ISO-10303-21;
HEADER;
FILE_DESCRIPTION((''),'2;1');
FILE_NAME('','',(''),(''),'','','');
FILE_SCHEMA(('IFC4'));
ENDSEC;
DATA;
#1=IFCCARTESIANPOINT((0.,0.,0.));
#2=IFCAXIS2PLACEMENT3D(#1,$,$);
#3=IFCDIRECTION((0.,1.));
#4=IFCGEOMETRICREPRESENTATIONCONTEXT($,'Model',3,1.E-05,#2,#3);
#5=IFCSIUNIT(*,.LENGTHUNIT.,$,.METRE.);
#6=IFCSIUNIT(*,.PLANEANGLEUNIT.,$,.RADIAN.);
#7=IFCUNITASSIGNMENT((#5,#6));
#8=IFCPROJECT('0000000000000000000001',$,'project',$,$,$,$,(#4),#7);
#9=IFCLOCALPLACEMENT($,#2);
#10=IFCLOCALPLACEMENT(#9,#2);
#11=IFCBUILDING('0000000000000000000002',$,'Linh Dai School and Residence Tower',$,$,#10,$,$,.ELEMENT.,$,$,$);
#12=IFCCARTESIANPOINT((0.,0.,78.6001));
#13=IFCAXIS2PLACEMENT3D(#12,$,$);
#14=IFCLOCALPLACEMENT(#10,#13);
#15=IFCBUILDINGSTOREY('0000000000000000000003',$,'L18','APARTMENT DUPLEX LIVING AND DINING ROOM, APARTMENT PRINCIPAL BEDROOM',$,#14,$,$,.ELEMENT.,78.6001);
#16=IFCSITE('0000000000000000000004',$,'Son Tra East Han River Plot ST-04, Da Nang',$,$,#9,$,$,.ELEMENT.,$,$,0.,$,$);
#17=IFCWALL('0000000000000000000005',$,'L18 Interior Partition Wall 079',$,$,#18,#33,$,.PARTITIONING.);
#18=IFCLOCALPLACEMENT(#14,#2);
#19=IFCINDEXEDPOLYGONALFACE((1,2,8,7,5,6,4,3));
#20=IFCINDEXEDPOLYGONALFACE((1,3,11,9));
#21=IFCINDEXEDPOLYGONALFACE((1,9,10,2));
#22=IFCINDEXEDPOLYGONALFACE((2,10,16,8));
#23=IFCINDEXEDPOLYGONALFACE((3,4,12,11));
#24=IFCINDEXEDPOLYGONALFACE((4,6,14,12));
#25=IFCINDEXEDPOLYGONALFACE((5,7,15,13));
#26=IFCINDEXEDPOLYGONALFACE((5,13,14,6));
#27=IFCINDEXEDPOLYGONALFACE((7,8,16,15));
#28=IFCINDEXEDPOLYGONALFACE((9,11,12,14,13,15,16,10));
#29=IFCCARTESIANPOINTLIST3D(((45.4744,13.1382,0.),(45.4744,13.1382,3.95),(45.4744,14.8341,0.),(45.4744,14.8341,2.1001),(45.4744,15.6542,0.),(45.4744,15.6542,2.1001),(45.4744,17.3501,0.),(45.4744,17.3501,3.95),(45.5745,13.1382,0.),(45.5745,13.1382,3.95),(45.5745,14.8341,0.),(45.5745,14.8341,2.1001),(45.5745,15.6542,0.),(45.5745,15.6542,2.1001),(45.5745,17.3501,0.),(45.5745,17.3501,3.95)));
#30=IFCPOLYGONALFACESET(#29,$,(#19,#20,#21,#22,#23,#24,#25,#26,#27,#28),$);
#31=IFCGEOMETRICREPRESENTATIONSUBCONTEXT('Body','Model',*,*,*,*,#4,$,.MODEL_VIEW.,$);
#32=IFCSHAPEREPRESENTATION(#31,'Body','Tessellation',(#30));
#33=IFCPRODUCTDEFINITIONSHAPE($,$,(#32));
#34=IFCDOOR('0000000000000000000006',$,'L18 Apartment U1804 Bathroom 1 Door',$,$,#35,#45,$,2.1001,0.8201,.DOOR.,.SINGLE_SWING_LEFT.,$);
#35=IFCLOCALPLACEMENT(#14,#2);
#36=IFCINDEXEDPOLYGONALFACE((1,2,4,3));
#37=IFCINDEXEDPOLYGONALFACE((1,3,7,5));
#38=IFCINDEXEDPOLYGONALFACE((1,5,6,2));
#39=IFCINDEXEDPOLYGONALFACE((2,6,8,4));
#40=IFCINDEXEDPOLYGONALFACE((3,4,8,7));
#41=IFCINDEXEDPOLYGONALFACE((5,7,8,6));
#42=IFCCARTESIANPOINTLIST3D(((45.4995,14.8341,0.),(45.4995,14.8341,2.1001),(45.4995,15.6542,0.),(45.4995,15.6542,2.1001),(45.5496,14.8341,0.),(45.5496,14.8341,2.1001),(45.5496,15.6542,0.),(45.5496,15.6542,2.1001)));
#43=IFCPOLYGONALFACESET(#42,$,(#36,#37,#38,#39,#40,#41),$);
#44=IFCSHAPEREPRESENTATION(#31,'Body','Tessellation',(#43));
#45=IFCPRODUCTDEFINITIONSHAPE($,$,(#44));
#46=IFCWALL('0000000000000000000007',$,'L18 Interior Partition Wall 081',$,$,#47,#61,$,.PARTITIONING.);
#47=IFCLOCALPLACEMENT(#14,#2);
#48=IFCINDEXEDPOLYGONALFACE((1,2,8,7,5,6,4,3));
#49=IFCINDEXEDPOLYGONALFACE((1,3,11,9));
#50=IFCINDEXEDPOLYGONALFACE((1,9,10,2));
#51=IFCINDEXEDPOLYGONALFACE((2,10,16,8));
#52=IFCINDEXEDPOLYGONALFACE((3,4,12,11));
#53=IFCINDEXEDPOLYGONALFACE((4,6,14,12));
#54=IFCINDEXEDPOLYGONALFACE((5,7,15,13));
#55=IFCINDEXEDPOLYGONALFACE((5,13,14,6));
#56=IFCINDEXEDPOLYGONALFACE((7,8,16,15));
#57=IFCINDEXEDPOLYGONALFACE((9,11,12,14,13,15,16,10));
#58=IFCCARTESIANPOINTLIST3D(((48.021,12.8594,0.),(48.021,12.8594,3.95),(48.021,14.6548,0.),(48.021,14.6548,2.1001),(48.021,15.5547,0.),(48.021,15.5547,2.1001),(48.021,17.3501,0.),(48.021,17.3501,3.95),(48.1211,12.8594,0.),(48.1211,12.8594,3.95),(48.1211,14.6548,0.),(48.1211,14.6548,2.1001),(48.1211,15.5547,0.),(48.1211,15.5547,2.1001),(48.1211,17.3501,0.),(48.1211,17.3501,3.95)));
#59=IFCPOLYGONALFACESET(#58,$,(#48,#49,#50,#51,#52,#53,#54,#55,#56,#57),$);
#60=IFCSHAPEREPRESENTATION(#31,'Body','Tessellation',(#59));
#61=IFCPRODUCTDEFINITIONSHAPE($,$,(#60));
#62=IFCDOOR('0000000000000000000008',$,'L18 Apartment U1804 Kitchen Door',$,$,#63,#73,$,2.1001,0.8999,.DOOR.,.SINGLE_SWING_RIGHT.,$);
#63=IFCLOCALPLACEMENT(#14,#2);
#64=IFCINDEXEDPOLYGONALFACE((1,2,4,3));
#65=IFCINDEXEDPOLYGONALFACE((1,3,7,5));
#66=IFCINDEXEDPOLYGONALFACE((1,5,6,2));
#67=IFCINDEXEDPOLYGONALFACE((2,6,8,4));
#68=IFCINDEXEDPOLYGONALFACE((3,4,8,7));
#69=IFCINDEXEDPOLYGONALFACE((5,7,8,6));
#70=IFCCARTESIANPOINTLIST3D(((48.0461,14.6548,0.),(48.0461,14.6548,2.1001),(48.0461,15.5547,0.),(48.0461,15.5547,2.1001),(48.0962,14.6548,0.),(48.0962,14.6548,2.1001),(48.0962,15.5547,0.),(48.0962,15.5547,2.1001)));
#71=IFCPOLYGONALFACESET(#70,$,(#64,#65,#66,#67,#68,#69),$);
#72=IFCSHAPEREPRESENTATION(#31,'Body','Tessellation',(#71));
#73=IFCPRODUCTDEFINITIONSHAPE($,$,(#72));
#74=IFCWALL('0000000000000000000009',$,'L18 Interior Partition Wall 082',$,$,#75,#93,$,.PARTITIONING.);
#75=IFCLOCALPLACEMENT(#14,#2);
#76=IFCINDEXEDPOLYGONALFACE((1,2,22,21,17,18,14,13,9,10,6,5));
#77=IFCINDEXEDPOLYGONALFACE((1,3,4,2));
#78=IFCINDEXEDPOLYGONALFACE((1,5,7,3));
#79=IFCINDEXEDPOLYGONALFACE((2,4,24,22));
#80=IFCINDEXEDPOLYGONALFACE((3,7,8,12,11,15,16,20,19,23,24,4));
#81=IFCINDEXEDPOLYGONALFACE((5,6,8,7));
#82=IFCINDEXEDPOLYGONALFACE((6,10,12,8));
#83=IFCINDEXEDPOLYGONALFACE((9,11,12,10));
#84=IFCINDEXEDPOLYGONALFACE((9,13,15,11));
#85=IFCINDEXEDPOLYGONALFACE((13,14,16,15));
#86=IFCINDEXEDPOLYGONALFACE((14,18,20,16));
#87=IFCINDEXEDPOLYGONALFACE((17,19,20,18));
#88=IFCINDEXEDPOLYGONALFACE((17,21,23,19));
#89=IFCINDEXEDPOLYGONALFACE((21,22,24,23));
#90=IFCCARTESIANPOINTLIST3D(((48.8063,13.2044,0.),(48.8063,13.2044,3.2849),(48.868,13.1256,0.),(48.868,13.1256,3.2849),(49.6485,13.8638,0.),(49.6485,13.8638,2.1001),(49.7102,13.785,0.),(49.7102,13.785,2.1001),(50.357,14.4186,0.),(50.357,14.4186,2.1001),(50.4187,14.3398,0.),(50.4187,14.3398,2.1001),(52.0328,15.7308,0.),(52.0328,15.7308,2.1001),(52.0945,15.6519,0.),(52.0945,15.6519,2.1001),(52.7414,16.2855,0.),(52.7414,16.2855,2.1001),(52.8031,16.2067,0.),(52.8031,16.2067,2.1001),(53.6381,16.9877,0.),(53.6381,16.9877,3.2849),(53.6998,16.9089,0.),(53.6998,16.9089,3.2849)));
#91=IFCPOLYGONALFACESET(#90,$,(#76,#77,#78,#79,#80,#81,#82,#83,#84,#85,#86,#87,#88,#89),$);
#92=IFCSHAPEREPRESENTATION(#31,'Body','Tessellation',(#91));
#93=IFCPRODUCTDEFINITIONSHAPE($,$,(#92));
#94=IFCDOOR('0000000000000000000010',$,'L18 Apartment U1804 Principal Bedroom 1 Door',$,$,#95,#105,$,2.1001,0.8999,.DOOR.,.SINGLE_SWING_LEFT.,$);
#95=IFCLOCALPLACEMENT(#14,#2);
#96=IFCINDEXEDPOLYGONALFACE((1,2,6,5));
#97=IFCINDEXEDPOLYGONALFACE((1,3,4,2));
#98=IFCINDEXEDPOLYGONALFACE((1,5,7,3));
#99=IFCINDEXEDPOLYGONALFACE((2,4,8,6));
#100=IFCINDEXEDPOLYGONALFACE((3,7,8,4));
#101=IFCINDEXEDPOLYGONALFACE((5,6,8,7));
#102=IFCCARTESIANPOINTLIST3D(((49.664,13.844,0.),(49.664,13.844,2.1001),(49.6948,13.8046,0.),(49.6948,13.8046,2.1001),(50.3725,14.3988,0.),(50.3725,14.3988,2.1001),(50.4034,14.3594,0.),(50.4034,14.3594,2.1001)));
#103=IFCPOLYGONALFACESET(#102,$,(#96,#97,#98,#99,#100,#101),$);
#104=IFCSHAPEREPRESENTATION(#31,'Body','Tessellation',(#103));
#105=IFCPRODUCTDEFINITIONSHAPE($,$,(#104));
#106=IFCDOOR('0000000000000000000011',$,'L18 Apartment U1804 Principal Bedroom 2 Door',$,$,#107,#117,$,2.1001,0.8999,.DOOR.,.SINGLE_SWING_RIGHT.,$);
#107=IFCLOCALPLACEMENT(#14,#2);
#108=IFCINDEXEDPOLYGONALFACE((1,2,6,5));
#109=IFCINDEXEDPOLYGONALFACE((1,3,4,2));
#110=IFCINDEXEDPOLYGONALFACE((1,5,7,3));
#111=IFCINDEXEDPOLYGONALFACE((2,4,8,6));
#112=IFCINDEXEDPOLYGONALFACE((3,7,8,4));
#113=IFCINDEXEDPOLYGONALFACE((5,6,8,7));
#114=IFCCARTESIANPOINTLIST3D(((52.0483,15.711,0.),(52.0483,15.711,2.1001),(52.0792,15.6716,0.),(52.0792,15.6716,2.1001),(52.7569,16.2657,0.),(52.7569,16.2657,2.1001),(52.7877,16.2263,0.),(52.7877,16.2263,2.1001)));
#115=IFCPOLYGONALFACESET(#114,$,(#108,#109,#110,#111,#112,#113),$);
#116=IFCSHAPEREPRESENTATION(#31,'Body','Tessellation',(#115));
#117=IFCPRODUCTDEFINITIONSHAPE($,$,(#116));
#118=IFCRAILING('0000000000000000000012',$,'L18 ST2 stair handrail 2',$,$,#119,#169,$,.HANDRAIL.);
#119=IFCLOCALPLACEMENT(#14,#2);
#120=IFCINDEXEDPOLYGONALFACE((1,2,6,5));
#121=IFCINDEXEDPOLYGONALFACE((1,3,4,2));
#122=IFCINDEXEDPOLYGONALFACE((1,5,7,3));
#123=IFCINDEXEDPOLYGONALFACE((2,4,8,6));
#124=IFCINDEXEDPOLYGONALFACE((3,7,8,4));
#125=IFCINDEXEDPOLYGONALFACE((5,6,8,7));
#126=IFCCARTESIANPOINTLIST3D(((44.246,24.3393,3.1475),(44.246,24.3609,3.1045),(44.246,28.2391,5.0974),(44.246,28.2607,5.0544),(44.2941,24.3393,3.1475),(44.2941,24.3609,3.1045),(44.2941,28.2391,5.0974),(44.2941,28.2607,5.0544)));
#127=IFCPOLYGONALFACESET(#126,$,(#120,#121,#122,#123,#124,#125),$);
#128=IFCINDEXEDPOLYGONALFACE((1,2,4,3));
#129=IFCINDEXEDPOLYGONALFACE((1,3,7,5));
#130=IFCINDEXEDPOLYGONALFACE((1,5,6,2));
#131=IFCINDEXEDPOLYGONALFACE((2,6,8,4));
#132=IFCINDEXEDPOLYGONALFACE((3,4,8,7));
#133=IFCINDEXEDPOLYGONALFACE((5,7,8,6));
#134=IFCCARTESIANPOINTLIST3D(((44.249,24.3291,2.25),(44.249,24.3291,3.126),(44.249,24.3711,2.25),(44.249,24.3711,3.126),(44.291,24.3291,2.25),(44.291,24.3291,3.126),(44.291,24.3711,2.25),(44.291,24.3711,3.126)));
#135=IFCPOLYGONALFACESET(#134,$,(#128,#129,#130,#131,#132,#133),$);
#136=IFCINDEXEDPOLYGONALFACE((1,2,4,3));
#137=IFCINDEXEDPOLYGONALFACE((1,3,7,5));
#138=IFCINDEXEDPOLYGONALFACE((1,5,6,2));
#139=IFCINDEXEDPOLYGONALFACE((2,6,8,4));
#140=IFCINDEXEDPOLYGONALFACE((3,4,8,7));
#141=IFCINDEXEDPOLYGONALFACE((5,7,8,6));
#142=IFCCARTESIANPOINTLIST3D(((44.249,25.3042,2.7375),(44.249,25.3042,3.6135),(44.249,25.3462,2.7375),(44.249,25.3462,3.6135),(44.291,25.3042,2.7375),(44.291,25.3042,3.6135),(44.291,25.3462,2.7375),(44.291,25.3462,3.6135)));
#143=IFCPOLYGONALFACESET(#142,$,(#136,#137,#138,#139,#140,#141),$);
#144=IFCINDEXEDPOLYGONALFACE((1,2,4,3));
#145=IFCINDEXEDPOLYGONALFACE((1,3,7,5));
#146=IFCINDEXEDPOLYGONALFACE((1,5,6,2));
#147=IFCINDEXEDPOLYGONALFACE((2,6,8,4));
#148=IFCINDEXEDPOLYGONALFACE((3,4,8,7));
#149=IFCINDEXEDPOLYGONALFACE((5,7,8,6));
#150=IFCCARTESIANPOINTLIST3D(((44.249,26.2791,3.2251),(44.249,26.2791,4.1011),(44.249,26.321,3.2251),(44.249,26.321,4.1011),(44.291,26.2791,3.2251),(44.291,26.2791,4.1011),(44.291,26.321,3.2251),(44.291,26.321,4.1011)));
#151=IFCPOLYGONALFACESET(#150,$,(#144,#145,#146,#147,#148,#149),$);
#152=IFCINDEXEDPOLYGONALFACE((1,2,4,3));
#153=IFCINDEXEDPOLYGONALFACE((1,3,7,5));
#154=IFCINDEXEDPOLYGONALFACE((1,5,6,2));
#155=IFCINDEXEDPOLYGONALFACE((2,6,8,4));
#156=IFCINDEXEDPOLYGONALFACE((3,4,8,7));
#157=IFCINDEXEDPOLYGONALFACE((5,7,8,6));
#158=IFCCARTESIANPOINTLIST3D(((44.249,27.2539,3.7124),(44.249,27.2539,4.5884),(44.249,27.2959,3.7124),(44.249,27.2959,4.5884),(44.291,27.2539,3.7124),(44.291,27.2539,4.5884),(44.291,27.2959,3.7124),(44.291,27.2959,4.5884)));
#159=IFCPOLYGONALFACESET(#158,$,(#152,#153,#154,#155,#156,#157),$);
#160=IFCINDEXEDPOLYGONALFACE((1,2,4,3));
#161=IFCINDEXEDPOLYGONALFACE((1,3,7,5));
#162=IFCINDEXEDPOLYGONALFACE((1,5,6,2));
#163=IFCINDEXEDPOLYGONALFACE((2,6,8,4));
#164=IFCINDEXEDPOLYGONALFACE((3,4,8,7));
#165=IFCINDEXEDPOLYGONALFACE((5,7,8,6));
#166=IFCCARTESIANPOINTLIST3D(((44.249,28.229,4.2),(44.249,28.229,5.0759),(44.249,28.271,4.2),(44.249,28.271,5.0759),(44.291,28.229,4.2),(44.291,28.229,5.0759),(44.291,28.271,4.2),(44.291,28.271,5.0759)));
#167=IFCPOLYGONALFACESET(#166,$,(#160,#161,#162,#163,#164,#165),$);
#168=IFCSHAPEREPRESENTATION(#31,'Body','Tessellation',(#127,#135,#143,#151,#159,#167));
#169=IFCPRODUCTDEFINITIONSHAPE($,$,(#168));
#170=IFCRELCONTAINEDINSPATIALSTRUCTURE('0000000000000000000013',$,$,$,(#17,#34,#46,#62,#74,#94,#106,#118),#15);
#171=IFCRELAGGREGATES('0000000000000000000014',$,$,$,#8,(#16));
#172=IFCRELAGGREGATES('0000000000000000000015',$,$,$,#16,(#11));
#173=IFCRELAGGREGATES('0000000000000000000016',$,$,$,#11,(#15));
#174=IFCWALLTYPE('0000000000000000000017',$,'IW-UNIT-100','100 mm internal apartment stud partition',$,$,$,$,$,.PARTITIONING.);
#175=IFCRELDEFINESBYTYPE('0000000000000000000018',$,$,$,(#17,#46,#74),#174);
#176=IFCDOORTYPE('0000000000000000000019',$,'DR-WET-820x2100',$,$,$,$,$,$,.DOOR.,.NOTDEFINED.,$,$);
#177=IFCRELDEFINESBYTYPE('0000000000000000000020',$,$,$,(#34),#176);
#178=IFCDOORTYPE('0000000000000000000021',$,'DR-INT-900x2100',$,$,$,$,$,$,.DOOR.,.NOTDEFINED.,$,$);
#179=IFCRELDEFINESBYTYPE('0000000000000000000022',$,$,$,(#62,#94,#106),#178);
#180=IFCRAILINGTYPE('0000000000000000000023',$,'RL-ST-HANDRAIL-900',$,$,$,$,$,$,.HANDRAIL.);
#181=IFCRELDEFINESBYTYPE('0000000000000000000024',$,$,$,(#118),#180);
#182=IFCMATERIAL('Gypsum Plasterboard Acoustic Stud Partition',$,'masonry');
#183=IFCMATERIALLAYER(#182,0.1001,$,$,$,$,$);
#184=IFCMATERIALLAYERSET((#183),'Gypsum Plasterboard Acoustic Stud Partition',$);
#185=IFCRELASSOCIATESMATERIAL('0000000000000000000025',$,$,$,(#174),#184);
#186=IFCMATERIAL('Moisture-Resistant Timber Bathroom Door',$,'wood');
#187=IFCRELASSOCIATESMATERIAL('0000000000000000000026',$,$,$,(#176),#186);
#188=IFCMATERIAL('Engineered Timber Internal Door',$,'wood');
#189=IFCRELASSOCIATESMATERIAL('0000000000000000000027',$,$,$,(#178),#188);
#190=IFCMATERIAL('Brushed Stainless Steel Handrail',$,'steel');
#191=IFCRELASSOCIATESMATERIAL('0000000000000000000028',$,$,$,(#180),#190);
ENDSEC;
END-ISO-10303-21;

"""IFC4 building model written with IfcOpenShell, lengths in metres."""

from ifc_helpers import new_model, si_unit, direction, frame, frame_2d, origin, origin_2d, place, context, subcontext, project, spatial, rectangle, extrude, source, transform, mapped, material, layer, layer_set, type_object, element, fill, save


model = new_model("IFC4")

# Units and contexts
model_context = context("Model", 3, precision=1e-05, world=origin(), true_north=direction((0.0, 1.0)))
body_context = subcontext(model_context, "Body", "Model", "MODEL_VIEW")
ifc_project = project(units=[si_unit("LENGTHUNIT", "METRE"), si_unit("PLANEANGLEUNIT", "RADIAN")], contexts=[model_context])

# Site, building, storey
site_placement = place(None, origin())
site = spatial("IfcSite", under=ifc_project, at=site_placement, Name="Son Tra East Han River Plot ST-04, Da Nang", CompositionType="ELEMENT", RefElevation=0.0)
building_placement = place(site_placement, origin())
building = spatial("IfcBuilding", under=site, at=building_placement, Name="Linh Dai School and Residence Tower", CompositionType="ELEMENT")
storey_placement = place(building_placement, frame((0.0, 0.0, 78.6001)))
storey = spatial("IfcBuildingStorey", under=building, at=storey_placement, Name="L18", Description="APARTMENT DUPLEX LIVING AND DINING ROOM, APARTMENT PRINCIPAL BEDROOM", CompositionType="ELEMENT", Elevation=78.6001)

# Walls, openings, doors
ifc_material_1 = material(Name="Gypsum Plasterboard Acoustic Stud Partition", Category="masonry")
ifc_layer_1 = layer(ifc_material_1, 0.1001)
ifc_layer_set_1 = layer_set([ifc_layer_1], Name="Gypsum Plasterboard Acoustic Stud Partition")
wall_type_1 = type_object("IfcWallType", Name="IW-UNIT-100", Description="100 mm internal apartment stud partition", PredefinedType="PARTITIONING", material=ifc_layer_set_1)
wall_1_placement = place(storey_placement, frame((45.5244, 13.1382, 0.0), z_axis=(0.0, 0.0, 1.0), x_axis=(0.0, 1.0, 0.0)))
wall_1 = element("IfcWall", 1, at=wall_1_placement, inside=storey, type_object=wall_type_1, Name="L18 Interior Partition Wall 079", PredefinedType="PARTITIONING", context=body_context, shape_type="SweptSolid", body=[
    extrude(rectangle(XDim=4.2119, YDim=0.1001, at=frame_2d((2.106, 0.0))), origin(), (0.0, 0.0, 1.0), 3.95),
])
opening_1_placement = place(wall_1_placement, frame((1.6958, 0.0, 0.0)))
opening_1 = element("IfcOpeningElement", 2, at=opening_1_placement, cuts=wall_1, PredefinedType="OPENING", context=body_context, shape_type="SweptSolid", body=[
    extrude(rectangle(XDim=0.8201, YDim=2.1001, at=origin_2d()), frame((0.4102, 0.0601, 1.05), z_axis=(0.0, -1.0, 0.0), x_axis=(1.0, 0.0, 0.0)), (0.0, 0.0, 1.0), 0.1201),
])
ifc_material_2 = material(Name="Moisture-Resistant Timber Bathroom Door", Category="wood")
door_type_1 = type_object("IfcDoorType", Name="DR-WET-820x2100", OperationType="NOTDEFINED", PredefinedType="DOOR", material=ifc_material_2)
shared_shape_1 = source(origin(), body_context, "Body", "SweptSolid", [
    extrude(rectangle(XDim=0.8201, YDim=2.1001, at=origin_2d()), frame((0.4102, 0.0249, 1.05), z_axis=(0.0, -1.0, 0.0), x_axis=(1.0, 0.0, 0.0)), (0.0, 0.0, 1.0), 0.05),
])
door_1_placement = place(opening_1_placement, origin())
door_1 = element("IfcDoor", 3, at=door_1_placement, inside=storey, type_object=door_type_1, Name="L18 Apartment U1804 Bathroom 1 Door", OperationType="SINGLE_SWING_LEFT", OverallHeight=2.1001, OverallWidth=0.8201, PredefinedType="DOOR", context=body_context, shape_type="MappedRepresentation", body=[
    mapped(shared_shape_1, transform((0.0, 0.0, 0.0), x_axis=(1.0, 0.0, 0.0), y_axis=(0.0, 1.0, 0.0), z_axis=(0.0, 0.0, 1.0), scale=1.0)),
])
fill(opening_1, door_1)
wall_2_placement = place(storey_placement, frame((48.071, 12.8594, 0.0), z_axis=(0.0, 0.0, 1.0), x_axis=(0.0, 1.0, 0.0)))
wall_2 = element("IfcWall", 4, at=wall_2_placement, inside=storey, type_object=wall_type_1, Name="L18 Interior Partition Wall 081", PredefinedType="PARTITIONING", context=body_context, shape_type="SweptSolid", body=[
    extrude(rectangle(XDim=4.4907, YDim=0.1001, at=frame_2d((2.2454, 0.0))), origin(), (0.0, 0.0, 1.0), 3.95),
])
opening_2_placement = place(wall_2_placement, frame((1.7954, 0.0, 0.0)))
opening_2 = element("IfcOpeningElement", 5, at=opening_2_placement, cuts=wall_2, PredefinedType="OPENING", context=body_context, shape_type="SweptSolid", body=[
    extrude(rectangle(XDim=0.8999, YDim=2.1001, at=origin_2d()), frame((0.45, 0.0601, 1.05), z_axis=(0.0, -1.0, 0.0), x_axis=(1.0, 0.0, 0.0)), (0.0, 0.0, 1.0), 0.1201),
])
ifc_material_3 = material(Name="Engineered Timber Internal Door", Category="wood")
door_type_2 = type_object("IfcDoorType", Name="DR-INT-900x2100", OperationType="NOTDEFINED", PredefinedType="DOOR", material=ifc_material_3)
shared_shape_2 = source(origin(), body_context, "Body", "SweptSolid", [
    extrude(rectangle(XDim=0.8999, YDim=2.1001, at=origin_2d()), frame((0.45, 0.0249, 1.05), z_axis=(0.0, -1.0, 0.0), x_axis=(1.0, 0.0, 0.0)), (0.0, 0.0, 1.0), 0.05),
])
door_2_placement = place(opening_2_placement, origin())
door_2 = element("IfcDoor", 6, at=door_2_placement, inside=storey, type_object=door_type_2, Name="L18 Apartment U1804 Kitchen Door", OperationType="SINGLE_SWING_RIGHT", OverallHeight=2.1001, OverallWidth=0.8999, PredefinedType="DOOR", context=body_context, shape_type="MappedRepresentation", body=[
    mapped(shared_shape_2, transform((0.0, 0.0, 0.0), x_axis=(1.0, 0.0, 0.0), y_axis=(0.0, 1.0, 0.0), z_axis=(0.0, 0.0, 1.0), scale=1.0)),
])
fill(opening_2, door_2)

# Wall, openings, doors
wall_3_placement = place(storey_placement, frame((48.8372, 13.165, 0.0), z_axis=(0.0, 0.0, 1.0), x_axis=(0.787362, 0.616491, 0.0)))
wall_3 = element("IfcWall", 7, at=wall_3_placement, inside=storey, type_object=wall_type_1, Name="L18 Interior Partition Wall 082", PredefinedType="PARTITIONING", context=body_context, shape_type="SweptSolid", body=[
    extrude(rectangle(XDim=6.1367, YDim=0.1001, at=frame_2d((3.0684, 0.0))), origin(), (0.0, 0.0, 1.0), 3.2849),
])
opening_3_placement = place(wall_3_placement, frame((1.0696, 0.0, 0.0)))
opening_3 = element("IfcOpeningElement", 8, at=opening_3_placement, cuts=wall_3, PredefinedType="OPENING", context=body_context, shape_type="SweptSolid", body=[
    extrude(rectangle(XDim=0.8999, YDim=2.1001, at=origin_2d()), frame((0.45, 0.0601, 1.05), z_axis=(0.0, -1.0, 0.0), x_axis=(1.0, 0.0, 0.0)), (0.0, 0.0, 1.0), 0.1201),
])
opening_4_placement = place(wall_3_placement, frame((4.0979, 0.0, 0.0)))
opening_4 = element("IfcOpeningElement", 9, at=opening_4_placement, cuts=wall_3, PredefinedType="OPENING", context=body_context, shape_type="SweptSolid", body=[
    extrude(rectangle(XDim=0.8999, YDim=2.1001, at=origin_2d()), frame((0.45, 0.0601, 1.05), z_axis=(0.0, -1.0, 0.0), x_axis=(1.0, 0.0, 0.0)), (0.0, 0.0, 1.0), 0.1201),
])
door_3_placement = place(opening_3_placement, origin())
door_3 = element("IfcDoor", 10, at=door_3_placement, inside=storey, type_object=door_type_2, Name="L18 Apartment U1804 Principal Bedroom 1 Door", OperationType="SINGLE_SWING_LEFT", OverallHeight=2.1001, OverallWidth=0.8999, PredefinedType="DOOR", context=body_context, shape_type="MappedRepresentation", body=[
    mapped(shared_shape_2, transform((0.0, 0.0, 0.0), x_axis=(1.0, 0.0, 0.0), y_axis=(0.0, 1.0, 0.0), z_axis=(0.0, 0.0, 1.0), scale=1.0)),
])
fill(opening_3, door_3)
door_4_placement = place(opening_4_placement, origin())
door_4 = element("IfcDoor", 11, at=door_4_placement, inside=storey, type_object=door_type_2, Name="L18 Apartment U1804 Principal Bedroom 2 Door", OperationType="SINGLE_SWING_RIGHT", OverallHeight=2.1001, OverallWidth=0.8999, PredefinedType="DOOR", context=body_context, shape_type="MappedRepresentation", body=[
    mapped(shared_shape_2, transform((0.0, 0.0, 0.0), x_axis=(1.0, 0.0, 0.0), y_axis=(0.0, 1.0, 0.0), z_axis=(0.0, 0.0, 1.0), scale=1.0)),
])
fill(opening_4, door_4)

# Railing
ifc_material_4 = material(Name="Brushed Stainless Steel Handrail", Category="steel")
railing_type_1 = type_object("IfcRailingType", Name="RL-ST-HANDRAIL-900", PredefinedType="HANDRAIL", material=ifc_material_4)
shared_shape_3 = source(origin(), body_context, "Body", "SweptSolid", [
    extrude(rectangle(XDim=0.0481, YDim=0.0481, at=origin_2d()), frame((0.0, 0.0, 0.876), z_axis=(0.0, 0.894427, 0.447214), x_axis=(-1.0, 0.0, 0.0)), (0.0, 0.0, 1.0), 4.3601),
    extrude(rectangle(XDim=0.042, YDim=0.042, at=origin_2d()), origin(), (0.0, 0.0, 1.0), 0.876),
    extrude(rectangle(XDim=0.042, YDim=0.042, at=origin_2d()), frame((0.0, 0.9751, 0.4875)), (0.0, 0.0, 1.0), 0.876),
    extrude(rectangle(XDim=0.042, YDim=0.042, at=origin_2d()), frame((0.0, 1.95, 0.9751)), (0.0, 0.0, 1.0), 0.876),
    extrude(rectangle(XDim=0.042, YDim=0.042, at=origin_2d()), frame((0.0, 2.9248, 1.4624)), (0.0, 0.0, 1.0), 0.876),
    extrude(rectangle(XDim=0.042, YDim=0.042, at=origin_2d()), frame((0.0, 3.8999, 1.95)), (0.0, 0.0, 1.0), 0.876),
])
railing_1_placement = place(storey_placement, frame((44.27, 24.3501, 2.25)))
element("IfcRailing", 12, at=railing_1_placement, inside=storey, type_object=railing_type_1, Name="L18 ST2 stair handrail 2", PredefinedType="HANDRAIL", context=body_context, shape_type="MappedRepresentation", body=[
    mapped(shared_shape_3, transform((0.0, 0.0, 0.0), x_axis=(1.0, 0.0, 0.0), y_axis=(0.0, 1.0, 0.0), z_axis=(0.0, 0.0, 1.0), scale=1.0)),
])

save(model, "model.ifc")
